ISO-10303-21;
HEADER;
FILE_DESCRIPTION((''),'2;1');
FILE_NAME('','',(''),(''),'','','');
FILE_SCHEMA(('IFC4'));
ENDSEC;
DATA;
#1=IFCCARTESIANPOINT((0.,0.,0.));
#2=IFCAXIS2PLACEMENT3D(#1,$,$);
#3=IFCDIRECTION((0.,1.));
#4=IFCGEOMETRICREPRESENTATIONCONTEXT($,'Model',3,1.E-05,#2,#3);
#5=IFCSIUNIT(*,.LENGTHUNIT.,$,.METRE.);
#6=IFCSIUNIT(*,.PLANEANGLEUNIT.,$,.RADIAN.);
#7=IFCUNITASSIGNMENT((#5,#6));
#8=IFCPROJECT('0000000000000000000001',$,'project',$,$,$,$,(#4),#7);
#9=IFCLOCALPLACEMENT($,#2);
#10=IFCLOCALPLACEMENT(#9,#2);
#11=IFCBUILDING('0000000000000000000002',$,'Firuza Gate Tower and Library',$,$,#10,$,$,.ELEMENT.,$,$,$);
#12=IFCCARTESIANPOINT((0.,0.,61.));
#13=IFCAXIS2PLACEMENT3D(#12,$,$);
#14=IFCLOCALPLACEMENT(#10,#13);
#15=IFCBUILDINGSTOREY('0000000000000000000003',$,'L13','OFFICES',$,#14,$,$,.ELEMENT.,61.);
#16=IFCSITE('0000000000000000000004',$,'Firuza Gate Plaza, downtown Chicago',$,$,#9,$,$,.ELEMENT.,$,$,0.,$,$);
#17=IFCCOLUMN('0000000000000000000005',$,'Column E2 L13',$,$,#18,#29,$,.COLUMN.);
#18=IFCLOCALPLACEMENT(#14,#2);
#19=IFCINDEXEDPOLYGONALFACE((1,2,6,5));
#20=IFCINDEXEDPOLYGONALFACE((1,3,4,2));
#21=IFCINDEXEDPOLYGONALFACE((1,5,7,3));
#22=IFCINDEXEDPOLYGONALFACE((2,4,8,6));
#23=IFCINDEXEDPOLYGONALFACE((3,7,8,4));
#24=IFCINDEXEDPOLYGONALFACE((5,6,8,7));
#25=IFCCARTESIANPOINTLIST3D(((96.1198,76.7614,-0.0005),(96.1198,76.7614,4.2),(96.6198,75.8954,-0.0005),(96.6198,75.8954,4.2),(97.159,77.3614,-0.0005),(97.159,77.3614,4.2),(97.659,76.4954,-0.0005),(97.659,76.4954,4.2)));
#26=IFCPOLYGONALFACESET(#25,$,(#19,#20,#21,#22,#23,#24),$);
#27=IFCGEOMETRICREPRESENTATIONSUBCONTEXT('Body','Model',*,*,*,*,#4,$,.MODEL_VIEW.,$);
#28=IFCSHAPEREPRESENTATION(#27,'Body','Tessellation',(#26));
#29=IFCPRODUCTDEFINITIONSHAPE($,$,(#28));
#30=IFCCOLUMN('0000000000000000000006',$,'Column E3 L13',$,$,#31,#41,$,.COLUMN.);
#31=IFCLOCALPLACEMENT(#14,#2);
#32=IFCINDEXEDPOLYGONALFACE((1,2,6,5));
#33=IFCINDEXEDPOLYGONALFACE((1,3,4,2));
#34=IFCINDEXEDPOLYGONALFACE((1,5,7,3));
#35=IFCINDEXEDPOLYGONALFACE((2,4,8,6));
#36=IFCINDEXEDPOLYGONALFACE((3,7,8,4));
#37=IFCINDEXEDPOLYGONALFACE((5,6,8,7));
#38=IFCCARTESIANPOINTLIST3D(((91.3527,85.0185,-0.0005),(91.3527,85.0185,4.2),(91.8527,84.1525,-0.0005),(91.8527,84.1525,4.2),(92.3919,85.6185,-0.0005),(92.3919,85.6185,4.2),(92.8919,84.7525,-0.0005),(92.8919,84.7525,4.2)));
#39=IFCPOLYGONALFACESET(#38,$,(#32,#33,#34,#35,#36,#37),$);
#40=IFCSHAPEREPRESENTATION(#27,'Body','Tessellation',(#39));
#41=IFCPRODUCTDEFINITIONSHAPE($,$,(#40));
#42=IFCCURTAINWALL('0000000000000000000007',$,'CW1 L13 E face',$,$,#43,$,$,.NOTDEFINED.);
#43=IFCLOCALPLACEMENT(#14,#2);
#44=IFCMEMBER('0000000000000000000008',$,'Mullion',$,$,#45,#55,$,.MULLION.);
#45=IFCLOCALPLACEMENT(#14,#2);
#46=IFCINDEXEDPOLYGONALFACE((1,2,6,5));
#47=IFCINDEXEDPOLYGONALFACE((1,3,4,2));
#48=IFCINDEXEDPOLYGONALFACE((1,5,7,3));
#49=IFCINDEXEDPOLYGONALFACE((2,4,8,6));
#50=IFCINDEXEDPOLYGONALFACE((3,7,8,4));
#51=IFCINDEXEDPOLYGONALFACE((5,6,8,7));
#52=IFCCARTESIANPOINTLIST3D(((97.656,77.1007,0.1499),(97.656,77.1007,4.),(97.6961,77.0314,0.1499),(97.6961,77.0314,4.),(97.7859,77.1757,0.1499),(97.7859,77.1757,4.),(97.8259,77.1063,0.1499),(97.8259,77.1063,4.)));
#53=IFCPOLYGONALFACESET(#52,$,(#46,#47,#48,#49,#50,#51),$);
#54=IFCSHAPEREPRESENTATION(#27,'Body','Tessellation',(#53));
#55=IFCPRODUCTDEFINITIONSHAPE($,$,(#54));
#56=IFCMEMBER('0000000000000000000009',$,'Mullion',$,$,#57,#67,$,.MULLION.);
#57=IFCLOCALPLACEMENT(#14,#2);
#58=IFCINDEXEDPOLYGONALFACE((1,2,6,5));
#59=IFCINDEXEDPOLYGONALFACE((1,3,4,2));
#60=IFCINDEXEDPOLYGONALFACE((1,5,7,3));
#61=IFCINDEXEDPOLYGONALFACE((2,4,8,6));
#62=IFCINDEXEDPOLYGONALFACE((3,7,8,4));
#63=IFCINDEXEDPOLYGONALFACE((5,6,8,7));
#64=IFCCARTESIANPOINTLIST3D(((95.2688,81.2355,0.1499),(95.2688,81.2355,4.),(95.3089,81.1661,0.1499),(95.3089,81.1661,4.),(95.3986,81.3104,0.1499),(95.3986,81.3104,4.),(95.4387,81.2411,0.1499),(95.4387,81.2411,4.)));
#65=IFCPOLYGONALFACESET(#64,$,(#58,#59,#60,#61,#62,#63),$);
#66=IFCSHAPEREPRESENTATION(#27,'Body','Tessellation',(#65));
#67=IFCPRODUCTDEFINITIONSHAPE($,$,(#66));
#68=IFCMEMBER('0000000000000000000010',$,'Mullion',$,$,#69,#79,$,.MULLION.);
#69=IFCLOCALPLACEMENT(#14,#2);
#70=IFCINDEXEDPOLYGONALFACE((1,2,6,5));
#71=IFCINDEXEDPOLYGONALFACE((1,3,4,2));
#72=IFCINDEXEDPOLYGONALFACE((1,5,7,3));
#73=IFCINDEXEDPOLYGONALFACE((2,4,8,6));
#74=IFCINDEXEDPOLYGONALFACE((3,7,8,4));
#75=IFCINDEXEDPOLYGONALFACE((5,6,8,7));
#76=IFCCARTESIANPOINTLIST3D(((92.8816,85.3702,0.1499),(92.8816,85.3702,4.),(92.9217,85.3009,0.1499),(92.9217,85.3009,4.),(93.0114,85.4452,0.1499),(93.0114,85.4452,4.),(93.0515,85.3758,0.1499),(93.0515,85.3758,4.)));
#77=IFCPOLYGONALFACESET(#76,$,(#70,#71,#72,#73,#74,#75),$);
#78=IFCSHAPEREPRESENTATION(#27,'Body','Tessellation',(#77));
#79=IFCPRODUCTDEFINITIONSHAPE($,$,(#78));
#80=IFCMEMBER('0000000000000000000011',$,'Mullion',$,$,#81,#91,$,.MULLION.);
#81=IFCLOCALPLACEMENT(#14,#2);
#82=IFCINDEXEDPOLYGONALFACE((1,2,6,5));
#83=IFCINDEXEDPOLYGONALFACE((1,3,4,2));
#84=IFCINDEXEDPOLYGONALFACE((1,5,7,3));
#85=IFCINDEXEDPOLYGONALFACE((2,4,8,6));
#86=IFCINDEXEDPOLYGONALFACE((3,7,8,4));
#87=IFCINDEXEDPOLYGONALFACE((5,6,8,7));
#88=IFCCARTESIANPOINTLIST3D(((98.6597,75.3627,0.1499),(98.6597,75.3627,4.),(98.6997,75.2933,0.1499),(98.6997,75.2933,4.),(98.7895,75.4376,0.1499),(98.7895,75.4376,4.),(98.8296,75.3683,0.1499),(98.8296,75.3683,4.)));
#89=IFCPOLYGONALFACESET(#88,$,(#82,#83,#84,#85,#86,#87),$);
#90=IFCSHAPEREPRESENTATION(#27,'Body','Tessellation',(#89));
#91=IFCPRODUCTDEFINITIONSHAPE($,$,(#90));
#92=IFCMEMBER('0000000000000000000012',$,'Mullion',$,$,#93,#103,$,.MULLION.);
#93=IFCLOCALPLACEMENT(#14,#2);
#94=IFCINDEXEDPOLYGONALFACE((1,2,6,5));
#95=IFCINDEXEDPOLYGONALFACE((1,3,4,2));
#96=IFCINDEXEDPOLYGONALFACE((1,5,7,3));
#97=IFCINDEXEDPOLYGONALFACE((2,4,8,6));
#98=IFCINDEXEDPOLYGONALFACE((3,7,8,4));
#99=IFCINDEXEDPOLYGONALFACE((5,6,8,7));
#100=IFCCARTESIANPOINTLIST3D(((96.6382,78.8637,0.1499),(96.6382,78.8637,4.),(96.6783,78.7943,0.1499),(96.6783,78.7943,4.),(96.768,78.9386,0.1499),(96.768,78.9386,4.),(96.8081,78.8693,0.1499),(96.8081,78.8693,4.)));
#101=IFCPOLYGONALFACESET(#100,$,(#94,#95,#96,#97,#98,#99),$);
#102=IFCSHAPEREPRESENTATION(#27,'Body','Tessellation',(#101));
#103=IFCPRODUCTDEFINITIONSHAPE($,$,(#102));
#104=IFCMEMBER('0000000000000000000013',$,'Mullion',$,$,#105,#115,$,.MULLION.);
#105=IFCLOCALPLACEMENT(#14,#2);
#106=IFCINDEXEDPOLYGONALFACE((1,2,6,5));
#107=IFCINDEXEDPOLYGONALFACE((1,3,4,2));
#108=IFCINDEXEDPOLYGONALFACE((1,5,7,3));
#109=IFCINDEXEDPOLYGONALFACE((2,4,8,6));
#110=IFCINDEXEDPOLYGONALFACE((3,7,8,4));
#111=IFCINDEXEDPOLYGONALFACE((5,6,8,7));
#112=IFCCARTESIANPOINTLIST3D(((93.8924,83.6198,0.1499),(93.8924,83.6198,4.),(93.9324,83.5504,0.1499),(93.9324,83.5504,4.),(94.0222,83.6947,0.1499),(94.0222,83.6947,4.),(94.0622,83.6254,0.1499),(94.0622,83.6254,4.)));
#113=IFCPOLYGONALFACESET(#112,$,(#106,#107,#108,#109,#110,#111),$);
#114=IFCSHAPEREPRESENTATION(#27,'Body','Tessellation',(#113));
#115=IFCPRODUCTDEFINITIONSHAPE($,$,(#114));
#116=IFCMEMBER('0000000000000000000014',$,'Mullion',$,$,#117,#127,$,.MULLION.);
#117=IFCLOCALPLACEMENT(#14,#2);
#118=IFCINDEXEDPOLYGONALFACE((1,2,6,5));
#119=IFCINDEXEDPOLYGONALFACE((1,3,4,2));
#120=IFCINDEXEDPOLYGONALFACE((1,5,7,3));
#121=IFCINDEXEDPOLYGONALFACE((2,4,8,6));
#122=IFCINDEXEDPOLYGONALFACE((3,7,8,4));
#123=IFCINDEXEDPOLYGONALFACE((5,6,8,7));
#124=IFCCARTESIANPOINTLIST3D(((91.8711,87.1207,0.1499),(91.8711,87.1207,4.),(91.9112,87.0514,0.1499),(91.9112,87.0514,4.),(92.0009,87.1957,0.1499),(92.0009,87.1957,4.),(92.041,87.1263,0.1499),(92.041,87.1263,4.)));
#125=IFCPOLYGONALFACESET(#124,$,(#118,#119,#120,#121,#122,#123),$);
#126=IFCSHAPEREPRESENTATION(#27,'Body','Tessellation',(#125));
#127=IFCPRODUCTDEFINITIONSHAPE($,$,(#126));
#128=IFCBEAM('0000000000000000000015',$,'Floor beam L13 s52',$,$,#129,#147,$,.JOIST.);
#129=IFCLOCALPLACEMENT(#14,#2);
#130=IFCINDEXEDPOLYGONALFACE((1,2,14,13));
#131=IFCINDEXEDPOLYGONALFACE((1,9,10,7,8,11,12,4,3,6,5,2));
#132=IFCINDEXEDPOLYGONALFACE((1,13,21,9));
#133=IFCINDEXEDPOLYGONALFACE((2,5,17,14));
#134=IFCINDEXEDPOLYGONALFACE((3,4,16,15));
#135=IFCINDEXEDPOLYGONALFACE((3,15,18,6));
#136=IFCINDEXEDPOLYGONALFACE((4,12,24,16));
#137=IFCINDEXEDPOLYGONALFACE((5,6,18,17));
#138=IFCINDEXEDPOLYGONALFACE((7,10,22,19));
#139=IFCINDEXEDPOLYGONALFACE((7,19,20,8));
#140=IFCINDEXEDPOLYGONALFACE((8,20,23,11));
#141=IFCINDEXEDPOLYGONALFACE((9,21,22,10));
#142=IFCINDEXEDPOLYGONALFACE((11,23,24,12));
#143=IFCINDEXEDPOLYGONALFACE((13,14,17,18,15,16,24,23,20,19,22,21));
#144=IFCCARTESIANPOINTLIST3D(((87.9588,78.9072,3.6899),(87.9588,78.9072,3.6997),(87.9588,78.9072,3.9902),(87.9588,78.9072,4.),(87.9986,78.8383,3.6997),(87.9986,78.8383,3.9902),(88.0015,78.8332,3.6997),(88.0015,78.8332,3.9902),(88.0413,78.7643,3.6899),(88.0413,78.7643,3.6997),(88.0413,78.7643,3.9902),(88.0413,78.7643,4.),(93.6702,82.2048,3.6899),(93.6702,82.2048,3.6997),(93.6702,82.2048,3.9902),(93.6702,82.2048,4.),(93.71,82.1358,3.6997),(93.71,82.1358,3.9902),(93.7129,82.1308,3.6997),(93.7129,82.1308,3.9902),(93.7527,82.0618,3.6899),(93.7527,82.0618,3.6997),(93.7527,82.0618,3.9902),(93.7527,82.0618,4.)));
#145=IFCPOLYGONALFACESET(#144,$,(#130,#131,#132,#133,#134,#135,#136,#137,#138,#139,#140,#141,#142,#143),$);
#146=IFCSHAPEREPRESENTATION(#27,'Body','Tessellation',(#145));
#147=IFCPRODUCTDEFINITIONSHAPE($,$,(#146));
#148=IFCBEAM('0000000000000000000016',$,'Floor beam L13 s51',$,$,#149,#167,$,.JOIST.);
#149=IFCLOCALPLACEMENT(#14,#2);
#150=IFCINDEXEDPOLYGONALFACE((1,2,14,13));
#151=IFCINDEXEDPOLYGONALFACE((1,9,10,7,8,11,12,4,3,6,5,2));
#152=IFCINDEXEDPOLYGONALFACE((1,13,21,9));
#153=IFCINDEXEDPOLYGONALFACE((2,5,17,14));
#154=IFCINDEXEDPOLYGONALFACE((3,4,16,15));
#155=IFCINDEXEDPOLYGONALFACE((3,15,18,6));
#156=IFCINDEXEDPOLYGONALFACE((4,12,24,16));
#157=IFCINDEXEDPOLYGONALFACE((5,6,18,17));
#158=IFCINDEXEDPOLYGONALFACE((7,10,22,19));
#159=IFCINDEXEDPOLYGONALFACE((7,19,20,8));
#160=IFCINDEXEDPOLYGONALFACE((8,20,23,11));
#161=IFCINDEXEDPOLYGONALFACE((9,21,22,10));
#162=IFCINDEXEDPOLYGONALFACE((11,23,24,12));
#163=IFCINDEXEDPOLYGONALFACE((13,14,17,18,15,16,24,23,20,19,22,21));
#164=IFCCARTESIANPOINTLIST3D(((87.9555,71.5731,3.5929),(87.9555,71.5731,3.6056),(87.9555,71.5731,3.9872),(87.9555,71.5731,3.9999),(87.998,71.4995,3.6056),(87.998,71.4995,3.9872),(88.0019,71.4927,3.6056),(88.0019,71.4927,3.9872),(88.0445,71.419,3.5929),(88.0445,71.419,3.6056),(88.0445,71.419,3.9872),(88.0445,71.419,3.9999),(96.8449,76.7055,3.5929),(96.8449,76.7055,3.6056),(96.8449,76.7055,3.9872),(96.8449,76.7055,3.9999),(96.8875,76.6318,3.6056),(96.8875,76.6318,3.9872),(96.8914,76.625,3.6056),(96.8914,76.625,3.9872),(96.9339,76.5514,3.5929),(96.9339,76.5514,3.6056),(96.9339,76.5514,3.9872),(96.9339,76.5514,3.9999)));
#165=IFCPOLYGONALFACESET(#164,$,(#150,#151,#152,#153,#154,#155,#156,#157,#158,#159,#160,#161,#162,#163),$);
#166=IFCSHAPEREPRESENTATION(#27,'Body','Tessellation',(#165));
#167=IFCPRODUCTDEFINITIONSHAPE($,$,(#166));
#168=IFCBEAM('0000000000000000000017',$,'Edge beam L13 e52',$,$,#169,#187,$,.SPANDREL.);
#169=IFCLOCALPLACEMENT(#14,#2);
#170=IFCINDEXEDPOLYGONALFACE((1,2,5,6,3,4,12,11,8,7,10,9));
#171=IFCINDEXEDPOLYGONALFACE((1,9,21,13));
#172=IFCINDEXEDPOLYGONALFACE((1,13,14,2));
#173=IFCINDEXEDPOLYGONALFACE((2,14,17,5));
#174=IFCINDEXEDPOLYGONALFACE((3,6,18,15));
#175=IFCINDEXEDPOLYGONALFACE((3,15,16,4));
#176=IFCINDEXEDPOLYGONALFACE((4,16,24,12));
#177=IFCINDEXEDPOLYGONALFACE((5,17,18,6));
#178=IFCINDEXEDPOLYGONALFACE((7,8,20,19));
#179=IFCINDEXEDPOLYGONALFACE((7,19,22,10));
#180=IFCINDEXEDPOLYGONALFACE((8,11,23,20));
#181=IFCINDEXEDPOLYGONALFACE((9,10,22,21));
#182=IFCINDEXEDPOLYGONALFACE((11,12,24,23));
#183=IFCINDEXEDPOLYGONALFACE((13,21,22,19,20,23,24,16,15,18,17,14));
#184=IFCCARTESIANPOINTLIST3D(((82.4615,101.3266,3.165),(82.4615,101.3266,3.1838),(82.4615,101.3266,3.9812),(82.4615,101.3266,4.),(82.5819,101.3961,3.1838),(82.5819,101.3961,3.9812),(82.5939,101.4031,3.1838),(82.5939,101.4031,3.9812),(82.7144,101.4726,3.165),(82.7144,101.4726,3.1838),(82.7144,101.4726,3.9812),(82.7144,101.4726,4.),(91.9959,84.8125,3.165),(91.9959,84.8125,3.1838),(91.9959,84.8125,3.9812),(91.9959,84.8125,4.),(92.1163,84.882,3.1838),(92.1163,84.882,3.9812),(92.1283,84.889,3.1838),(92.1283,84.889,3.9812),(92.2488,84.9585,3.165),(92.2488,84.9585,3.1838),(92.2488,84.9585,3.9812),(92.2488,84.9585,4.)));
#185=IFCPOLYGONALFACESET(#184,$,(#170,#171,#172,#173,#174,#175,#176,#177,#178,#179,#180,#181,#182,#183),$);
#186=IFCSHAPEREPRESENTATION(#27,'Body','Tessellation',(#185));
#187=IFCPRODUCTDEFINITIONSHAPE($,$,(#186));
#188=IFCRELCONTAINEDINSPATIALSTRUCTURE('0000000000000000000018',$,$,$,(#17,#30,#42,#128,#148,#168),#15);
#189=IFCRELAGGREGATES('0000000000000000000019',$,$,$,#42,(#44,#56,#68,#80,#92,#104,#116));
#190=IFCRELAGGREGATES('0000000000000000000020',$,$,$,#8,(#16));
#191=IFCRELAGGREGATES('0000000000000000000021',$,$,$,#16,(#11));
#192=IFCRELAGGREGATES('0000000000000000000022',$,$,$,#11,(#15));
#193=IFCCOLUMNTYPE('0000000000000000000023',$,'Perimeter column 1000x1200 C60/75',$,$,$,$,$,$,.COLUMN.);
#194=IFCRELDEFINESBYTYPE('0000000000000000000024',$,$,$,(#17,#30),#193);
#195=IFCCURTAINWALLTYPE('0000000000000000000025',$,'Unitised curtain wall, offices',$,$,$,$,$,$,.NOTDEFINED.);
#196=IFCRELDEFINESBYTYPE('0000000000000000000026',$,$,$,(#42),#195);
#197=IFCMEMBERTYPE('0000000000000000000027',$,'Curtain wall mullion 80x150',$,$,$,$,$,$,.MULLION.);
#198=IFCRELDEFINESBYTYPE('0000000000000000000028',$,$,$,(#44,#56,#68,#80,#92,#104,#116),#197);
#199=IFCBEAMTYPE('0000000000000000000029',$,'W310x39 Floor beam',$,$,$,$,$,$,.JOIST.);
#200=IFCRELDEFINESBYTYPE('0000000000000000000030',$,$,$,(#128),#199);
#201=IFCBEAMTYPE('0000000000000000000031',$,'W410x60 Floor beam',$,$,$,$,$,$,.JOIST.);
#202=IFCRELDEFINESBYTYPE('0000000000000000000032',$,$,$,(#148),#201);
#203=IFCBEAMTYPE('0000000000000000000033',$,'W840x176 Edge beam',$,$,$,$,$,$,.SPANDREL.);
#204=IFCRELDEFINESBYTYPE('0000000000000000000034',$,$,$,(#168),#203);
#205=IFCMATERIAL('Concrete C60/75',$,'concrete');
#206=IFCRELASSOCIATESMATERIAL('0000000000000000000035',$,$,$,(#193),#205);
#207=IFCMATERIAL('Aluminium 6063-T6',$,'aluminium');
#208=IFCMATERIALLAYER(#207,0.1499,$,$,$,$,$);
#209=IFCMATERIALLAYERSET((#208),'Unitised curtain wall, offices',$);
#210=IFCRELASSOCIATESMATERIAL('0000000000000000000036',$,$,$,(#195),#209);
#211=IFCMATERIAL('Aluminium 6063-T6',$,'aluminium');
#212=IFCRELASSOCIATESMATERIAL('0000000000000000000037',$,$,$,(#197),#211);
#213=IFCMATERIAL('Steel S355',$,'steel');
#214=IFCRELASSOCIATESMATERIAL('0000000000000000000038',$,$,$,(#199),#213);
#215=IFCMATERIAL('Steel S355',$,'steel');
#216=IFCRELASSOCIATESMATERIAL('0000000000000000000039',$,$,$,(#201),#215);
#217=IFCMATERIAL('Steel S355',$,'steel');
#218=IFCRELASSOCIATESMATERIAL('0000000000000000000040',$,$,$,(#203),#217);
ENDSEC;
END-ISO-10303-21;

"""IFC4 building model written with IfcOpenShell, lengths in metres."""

from ifc_helpers import new_model, si_unit, direction, frame, origin, origin_2d, place, context, subcontext, project, spatial, rectangle, i_section, extrude, material, layer, layer_set, material_profile, profile_set, type_object, element, aggregate, save


model = new_model("IFC4")

# Units and contexts
model_context = context("Model", 3, precision=1e-05, world=origin(), true_north=direction((0.0, 1.0)))
body_context = subcontext(model_context, "Body", "Model", "MODEL_VIEW")
ifc_project = project(units=[si_unit("LENGTHUNIT", "METRE"), si_unit("PLANEANGLEUNIT", "RADIAN")], contexts=[model_context])

# Site, building, storey
site_placement = place(None, origin())
site = spatial("IfcSite", under=ifc_project, at=site_placement, Name="Firuza Gate Plaza, downtown Chicago", CompositionType="ELEMENT", RefElevation=0.0)
building_placement = place(site_placement, origin())
building = spatial("IfcBuilding", under=site, at=building_placement, Name="Firuza Gate Tower and Library", CompositionType="ELEMENT")
storey_placement = place(building_placement, frame((0.0, 0.0, 61.0)))
storey = spatial("IfcBuildingStorey", under=building, at=storey_placement, Name="L13", Description="OFFICES", CompositionType="ELEMENT", Elevation=61.0)

# Columns
ifc_material_1 = material(Name="Concrete C60/75", Category="concrete")
ifc_material_profile_1 = material_profile(ifc_material_1, rectangle(XDim=1.0, YDim=1.2, at=origin_2d()))
ifc_profile_set_1 = profile_set([ifc_material_profile_1], Name="Concrete C60/75")
column_type = type_object("IfcColumnType", Name="Perimeter column 1000x1200 C60/75", PredefinedType="COLUMN", material=ifc_profile_set_1)
for number, where, z_axis, x_axis, name in (
    (1, (96.8894, 76.6284, -0.0005), (0.0, 0.0, 1.0), (-0.5, 0.866025, 0.0), "Column E2 L13"),
    (2, (92.1223, 84.8855, -0.0005), (0.0, 0.0, 1.0), (-0.5, 0.866025, 0.0), "Column E3 L13"),
):
    element("IfcColumn", number, at=place(storey_placement, frame(where, z_axis=z_axis, x_axis=x_axis)), inside=storey, type_object=column_type, Name=name, PredefinedType="COLUMN", context=body_context, shape_type="SweptSolid", body=[
        extrude(rectangle(XDim=1.0, YDim=1.2, at=origin_2d()), origin(), (0.0, 0.0, 1.0), 4.2004),
    ])

# Curtain wall, members
ifc_material_2 = material(Name="Aluminium 6063-T6", Category="aluminium")
ifc_layer_1 = layer(ifc_material_2, 0.1499)
ifc_layer_set_1 = layer_set([ifc_layer_1], Name="Unitised curtain wall, offices")
curtain_wall_type = type_object("IfcCurtainWallType", Name="Unitised curtain wall, offices", PredefinedType="NOTDEFINED", material=ifc_layer_set_1)
curtain_wall_placement = place(storey_placement, origin())
curtain_wall = element("IfcCurtainWall", 3, at=curtain_wall_placement, inside=storey, type_object=curtain_wall_type, Name="CW1 L13 E face", PredefinedType="NOTDEFINED")
ifc_material_3 = material(Name="Aluminium 6063-T6", Category="aluminium")
ifc_material_profile_2 = material_profile(ifc_material_3, rectangle(XDim=0.1499, YDim=0.0801, at=origin_2d()))
ifc_profile_set_2 = profile_set([ifc_material_profile_2], Name="Aluminium 6063-T6")
member_type = type_object("IfcMemberType", Name="Curtain wall mullion 80x150", PredefinedType="MULLION", material=ifc_profile_set_2)
member_1_placement = place(storey_placement, frame((97.741, 77.1035, 0.1499), z_axis=(0.0, 0.0, 1.0), x_axis=(-0.866025, -0.5, 0.0)))
member_1 = element("IfcMember", 4, at=member_1_placement, type_object=member_type, Name="Mullion", PredefinedType="MULLION", context=body_context, shape_type="SweptSolid", body=[
    extrude(rectangle(XDim=0.1499, YDim=0.0801, at=origin_2d()), origin(), (0.0, 0.0, 1.0), 3.8501),
])
member_2_placement = place(storey_placement, frame((95.3538, 81.2383, 0.1499), z_axis=(0.0, 0.0, 1.0), x_axis=(-0.866025, -0.5, 0.0)))
member_2 = element("IfcMember", 5, at=member_2_placement, type_object=member_type, Name="Mullion", PredefinedType="MULLION", context=body_context, shape_type="SweptSolid", body=[
    extrude(rectangle(XDim=0.1499, YDim=0.0801, at=origin_2d()), origin(), (0.0, 0.0, 1.0), 3.8501),
])
member_3_placement = place(storey_placement, frame((92.9666, 85.373, 0.1499), z_axis=(0.0, 0.0, 1.0), x_axis=(-0.866025, -0.5, 0.0)))
member_3 = element("IfcMember", 6, at=member_3_placement, type_object=member_type, Name="Mullion", PredefinedType="MULLION", context=body_context, shape_type="SweptSolid", body=[
    extrude(rectangle(XDim=0.1499, YDim=0.0801, at=origin_2d()), origin(), (0.0, 0.0, 1.0), 3.8501),
])
member_4_placement = place(storey_placement, frame((98.7446, 75.3655, 0.1499), z_axis=(0.0, 0.0, 1.0), x_axis=(-0.866025, -0.5, 0.0)))
member_4 = element("IfcMember", 7, at=member_4_placement, type_object=member_type, Name="Mullion", PredefinedType="MULLION", context=body_context, shape_type="SweptSolid", body=[
    extrude(rectangle(XDim=0.1499, YDim=0.0801, at=origin_2d()), origin(), (0.0, 0.0, 1.0), 3.8501),
])
member_5_placement = place(storey_placement, frame((96.7231, 78.8665, 0.1499), z_axis=(0.0, 0.0, 1.0), x_axis=(-0.866025, -0.5, 0.0)))
member_5 = element("IfcMember", 8, at=member_5_placement, type_object=member_type, Name="Mullion", PredefinedType="MULLION", context=body_context, shape_type="SweptSolid", body=[
    extrude(rectangle(XDim=0.1499, YDim=0.0801, at=origin_2d()), origin(), (0.0, 0.0, 1.0), 3.8501),
])
member_6_placement = place(storey_placement, frame((93.9773, 83.6226, 0.1499), z_axis=(0.0, 0.0, 1.0), x_axis=(-0.866025, -0.5, 0.0)))
member_6 = element("IfcMember", 9, at=member_6_placement, type_object=member_type, Name="Mullion", PredefinedType="MULLION", context=body_context, shape_type="SweptSolid", body=[
    extrude(rectangle(XDim=0.1499, YDim=0.0801, at=origin_2d()), origin(), (0.0, 0.0, 1.0), 3.8501),
])
member_7_placement = place(storey_placement, frame((91.9561, 87.1235, 0.1499), z_axis=(0.0, 0.0, 1.0), x_axis=(-0.866025, -0.5, 0.0)))
member_7 = element("IfcMember", 10, at=member_7_placement, type_object=member_type, Name="Mullion", PredefinedType="MULLION", context=body_context, shape_type="SweptSolid", body=[
    extrude(rectangle(XDim=0.1499, YDim=0.0801, at=origin_2d()), origin(), (0.0, 0.0, 1.0), 3.8501),
])

# Beams
ifc_material_4 = material(Name="Steel S355", Category="steel")
ifc_material_profile_3 = material_profile(ifc_material_4, i_section(OverallWidth=0.165, OverallDepth=0.3101, WebThickness=0.0059, FlangeThickness=0.0098, at=origin_2d()))
ifc_profile_set_3 = profile_set([ifc_material_profile_3], Name="Steel S355")
beam_type_1 = type_object("IfcBeamType", Name="W310x39 Floor beam", PredefinedType="JOIST", material=ifc_profile_set_3)
beam_1_placement = place(storey_placement, frame((93.7114, 82.1333, 3.845), z_axis=(-0.866018, -0.500013, 0.0), x_axis=(0.500013, -0.866018, 0.0)))
element("IfcBeam", 11, at=beam_1_placement, inside=storey, type_object=beam_type_1, Name="Floor beam L13 s52", PredefinedType="JOIST", context=body_context, shape_type="SweptSolid", body=[
    extrude(i_section(OverallWidth=0.165, OverallDepth=0.3101, WebThickness=0.0059, FlangeThickness=0.0098, at=origin_2d()), origin(), (0.0, 0.0, 1.0), 6.595),
])
ifc_material_5 = material(Name="Steel S355", Category="steel")
ifc_material_profile_4 = material_profile(ifc_material_5, i_section(OverallWidth=0.178, OverallDepth=0.407, WebThickness=0.0078, FlangeThickness=0.0127, at=origin_2d()))
ifc_profile_set_4 = profile_set([ifc_material_profile_4], Name="Steel S355")
beam_type_2 = type_object("IfcBeamType", Name="W410x60 Floor beam", PredefinedType="JOIST", material=ifc_profile_set_4)
beam_2_placement = place(storey_placement, frame((96.8894, 76.6284, 3.7964), z_axis=(-0.866024, -0.500002, 0.0), x_axis=(0.500002, -0.866024, 0.0)))
element("IfcBeam", 12, at=beam_2_placement, inside=storey, type_object=beam_type_2, Name="Floor beam L13 s51", PredefinedType="JOIST", context=body_context, shape_type="SweptSolid", body=[
    extrude(i_section(OverallWidth=0.178, OverallDepth=0.407, WebThickness=0.0078, FlangeThickness=0.0127, at=origin_2d()), origin(), (0.0, 0.0, 1.0), 10.2646),
])
ifc_material_6 = material(Name="Steel S355", Category="steel")
ifc_material_profile_5 = material_profile(ifc_material_6, i_section(OverallWidth=0.292, OverallDepth=0.835, WebThickness=0.0139, FlangeThickness=0.0188, at=origin_2d()))
ifc_profile_set_5 = profile_set([ifc_material_profile_5], Name="Steel S355")
beam_type_3 = type_object("IfcBeamType", Name="W840x176 Edge beam", PredefinedType="SPANDREL", material=ifc_profile_set_5)
beam_3_placement = place(storey_placement, frame((92.1223, 84.8855, 3.5825), z_axis=(-0.499999, 0.866026, 0.0), x_axis=(-0.866026, -0.499999, 0.0)))
element("IfcBeam", 13, at=beam_3_placement, inside=storey, type_object=beam_type_3, Name="Edge beam L13 e52", PredefinedType="SPANDREL", context=body_context, shape_type="SweptSolid", body=[
    extrude(i_section(OverallWidth=0.292, OverallDepth=0.835, WebThickness=0.0139, FlangeThickness=0.0188, at=origin_2d()), origin(), (0.0, 0.0, 1.0), 19.0688),
])

aggregate(curtain_wall, [member_1, member_2, member_3, member_4, member_5, member_6, member_7])

save(model, "model.ifc")
